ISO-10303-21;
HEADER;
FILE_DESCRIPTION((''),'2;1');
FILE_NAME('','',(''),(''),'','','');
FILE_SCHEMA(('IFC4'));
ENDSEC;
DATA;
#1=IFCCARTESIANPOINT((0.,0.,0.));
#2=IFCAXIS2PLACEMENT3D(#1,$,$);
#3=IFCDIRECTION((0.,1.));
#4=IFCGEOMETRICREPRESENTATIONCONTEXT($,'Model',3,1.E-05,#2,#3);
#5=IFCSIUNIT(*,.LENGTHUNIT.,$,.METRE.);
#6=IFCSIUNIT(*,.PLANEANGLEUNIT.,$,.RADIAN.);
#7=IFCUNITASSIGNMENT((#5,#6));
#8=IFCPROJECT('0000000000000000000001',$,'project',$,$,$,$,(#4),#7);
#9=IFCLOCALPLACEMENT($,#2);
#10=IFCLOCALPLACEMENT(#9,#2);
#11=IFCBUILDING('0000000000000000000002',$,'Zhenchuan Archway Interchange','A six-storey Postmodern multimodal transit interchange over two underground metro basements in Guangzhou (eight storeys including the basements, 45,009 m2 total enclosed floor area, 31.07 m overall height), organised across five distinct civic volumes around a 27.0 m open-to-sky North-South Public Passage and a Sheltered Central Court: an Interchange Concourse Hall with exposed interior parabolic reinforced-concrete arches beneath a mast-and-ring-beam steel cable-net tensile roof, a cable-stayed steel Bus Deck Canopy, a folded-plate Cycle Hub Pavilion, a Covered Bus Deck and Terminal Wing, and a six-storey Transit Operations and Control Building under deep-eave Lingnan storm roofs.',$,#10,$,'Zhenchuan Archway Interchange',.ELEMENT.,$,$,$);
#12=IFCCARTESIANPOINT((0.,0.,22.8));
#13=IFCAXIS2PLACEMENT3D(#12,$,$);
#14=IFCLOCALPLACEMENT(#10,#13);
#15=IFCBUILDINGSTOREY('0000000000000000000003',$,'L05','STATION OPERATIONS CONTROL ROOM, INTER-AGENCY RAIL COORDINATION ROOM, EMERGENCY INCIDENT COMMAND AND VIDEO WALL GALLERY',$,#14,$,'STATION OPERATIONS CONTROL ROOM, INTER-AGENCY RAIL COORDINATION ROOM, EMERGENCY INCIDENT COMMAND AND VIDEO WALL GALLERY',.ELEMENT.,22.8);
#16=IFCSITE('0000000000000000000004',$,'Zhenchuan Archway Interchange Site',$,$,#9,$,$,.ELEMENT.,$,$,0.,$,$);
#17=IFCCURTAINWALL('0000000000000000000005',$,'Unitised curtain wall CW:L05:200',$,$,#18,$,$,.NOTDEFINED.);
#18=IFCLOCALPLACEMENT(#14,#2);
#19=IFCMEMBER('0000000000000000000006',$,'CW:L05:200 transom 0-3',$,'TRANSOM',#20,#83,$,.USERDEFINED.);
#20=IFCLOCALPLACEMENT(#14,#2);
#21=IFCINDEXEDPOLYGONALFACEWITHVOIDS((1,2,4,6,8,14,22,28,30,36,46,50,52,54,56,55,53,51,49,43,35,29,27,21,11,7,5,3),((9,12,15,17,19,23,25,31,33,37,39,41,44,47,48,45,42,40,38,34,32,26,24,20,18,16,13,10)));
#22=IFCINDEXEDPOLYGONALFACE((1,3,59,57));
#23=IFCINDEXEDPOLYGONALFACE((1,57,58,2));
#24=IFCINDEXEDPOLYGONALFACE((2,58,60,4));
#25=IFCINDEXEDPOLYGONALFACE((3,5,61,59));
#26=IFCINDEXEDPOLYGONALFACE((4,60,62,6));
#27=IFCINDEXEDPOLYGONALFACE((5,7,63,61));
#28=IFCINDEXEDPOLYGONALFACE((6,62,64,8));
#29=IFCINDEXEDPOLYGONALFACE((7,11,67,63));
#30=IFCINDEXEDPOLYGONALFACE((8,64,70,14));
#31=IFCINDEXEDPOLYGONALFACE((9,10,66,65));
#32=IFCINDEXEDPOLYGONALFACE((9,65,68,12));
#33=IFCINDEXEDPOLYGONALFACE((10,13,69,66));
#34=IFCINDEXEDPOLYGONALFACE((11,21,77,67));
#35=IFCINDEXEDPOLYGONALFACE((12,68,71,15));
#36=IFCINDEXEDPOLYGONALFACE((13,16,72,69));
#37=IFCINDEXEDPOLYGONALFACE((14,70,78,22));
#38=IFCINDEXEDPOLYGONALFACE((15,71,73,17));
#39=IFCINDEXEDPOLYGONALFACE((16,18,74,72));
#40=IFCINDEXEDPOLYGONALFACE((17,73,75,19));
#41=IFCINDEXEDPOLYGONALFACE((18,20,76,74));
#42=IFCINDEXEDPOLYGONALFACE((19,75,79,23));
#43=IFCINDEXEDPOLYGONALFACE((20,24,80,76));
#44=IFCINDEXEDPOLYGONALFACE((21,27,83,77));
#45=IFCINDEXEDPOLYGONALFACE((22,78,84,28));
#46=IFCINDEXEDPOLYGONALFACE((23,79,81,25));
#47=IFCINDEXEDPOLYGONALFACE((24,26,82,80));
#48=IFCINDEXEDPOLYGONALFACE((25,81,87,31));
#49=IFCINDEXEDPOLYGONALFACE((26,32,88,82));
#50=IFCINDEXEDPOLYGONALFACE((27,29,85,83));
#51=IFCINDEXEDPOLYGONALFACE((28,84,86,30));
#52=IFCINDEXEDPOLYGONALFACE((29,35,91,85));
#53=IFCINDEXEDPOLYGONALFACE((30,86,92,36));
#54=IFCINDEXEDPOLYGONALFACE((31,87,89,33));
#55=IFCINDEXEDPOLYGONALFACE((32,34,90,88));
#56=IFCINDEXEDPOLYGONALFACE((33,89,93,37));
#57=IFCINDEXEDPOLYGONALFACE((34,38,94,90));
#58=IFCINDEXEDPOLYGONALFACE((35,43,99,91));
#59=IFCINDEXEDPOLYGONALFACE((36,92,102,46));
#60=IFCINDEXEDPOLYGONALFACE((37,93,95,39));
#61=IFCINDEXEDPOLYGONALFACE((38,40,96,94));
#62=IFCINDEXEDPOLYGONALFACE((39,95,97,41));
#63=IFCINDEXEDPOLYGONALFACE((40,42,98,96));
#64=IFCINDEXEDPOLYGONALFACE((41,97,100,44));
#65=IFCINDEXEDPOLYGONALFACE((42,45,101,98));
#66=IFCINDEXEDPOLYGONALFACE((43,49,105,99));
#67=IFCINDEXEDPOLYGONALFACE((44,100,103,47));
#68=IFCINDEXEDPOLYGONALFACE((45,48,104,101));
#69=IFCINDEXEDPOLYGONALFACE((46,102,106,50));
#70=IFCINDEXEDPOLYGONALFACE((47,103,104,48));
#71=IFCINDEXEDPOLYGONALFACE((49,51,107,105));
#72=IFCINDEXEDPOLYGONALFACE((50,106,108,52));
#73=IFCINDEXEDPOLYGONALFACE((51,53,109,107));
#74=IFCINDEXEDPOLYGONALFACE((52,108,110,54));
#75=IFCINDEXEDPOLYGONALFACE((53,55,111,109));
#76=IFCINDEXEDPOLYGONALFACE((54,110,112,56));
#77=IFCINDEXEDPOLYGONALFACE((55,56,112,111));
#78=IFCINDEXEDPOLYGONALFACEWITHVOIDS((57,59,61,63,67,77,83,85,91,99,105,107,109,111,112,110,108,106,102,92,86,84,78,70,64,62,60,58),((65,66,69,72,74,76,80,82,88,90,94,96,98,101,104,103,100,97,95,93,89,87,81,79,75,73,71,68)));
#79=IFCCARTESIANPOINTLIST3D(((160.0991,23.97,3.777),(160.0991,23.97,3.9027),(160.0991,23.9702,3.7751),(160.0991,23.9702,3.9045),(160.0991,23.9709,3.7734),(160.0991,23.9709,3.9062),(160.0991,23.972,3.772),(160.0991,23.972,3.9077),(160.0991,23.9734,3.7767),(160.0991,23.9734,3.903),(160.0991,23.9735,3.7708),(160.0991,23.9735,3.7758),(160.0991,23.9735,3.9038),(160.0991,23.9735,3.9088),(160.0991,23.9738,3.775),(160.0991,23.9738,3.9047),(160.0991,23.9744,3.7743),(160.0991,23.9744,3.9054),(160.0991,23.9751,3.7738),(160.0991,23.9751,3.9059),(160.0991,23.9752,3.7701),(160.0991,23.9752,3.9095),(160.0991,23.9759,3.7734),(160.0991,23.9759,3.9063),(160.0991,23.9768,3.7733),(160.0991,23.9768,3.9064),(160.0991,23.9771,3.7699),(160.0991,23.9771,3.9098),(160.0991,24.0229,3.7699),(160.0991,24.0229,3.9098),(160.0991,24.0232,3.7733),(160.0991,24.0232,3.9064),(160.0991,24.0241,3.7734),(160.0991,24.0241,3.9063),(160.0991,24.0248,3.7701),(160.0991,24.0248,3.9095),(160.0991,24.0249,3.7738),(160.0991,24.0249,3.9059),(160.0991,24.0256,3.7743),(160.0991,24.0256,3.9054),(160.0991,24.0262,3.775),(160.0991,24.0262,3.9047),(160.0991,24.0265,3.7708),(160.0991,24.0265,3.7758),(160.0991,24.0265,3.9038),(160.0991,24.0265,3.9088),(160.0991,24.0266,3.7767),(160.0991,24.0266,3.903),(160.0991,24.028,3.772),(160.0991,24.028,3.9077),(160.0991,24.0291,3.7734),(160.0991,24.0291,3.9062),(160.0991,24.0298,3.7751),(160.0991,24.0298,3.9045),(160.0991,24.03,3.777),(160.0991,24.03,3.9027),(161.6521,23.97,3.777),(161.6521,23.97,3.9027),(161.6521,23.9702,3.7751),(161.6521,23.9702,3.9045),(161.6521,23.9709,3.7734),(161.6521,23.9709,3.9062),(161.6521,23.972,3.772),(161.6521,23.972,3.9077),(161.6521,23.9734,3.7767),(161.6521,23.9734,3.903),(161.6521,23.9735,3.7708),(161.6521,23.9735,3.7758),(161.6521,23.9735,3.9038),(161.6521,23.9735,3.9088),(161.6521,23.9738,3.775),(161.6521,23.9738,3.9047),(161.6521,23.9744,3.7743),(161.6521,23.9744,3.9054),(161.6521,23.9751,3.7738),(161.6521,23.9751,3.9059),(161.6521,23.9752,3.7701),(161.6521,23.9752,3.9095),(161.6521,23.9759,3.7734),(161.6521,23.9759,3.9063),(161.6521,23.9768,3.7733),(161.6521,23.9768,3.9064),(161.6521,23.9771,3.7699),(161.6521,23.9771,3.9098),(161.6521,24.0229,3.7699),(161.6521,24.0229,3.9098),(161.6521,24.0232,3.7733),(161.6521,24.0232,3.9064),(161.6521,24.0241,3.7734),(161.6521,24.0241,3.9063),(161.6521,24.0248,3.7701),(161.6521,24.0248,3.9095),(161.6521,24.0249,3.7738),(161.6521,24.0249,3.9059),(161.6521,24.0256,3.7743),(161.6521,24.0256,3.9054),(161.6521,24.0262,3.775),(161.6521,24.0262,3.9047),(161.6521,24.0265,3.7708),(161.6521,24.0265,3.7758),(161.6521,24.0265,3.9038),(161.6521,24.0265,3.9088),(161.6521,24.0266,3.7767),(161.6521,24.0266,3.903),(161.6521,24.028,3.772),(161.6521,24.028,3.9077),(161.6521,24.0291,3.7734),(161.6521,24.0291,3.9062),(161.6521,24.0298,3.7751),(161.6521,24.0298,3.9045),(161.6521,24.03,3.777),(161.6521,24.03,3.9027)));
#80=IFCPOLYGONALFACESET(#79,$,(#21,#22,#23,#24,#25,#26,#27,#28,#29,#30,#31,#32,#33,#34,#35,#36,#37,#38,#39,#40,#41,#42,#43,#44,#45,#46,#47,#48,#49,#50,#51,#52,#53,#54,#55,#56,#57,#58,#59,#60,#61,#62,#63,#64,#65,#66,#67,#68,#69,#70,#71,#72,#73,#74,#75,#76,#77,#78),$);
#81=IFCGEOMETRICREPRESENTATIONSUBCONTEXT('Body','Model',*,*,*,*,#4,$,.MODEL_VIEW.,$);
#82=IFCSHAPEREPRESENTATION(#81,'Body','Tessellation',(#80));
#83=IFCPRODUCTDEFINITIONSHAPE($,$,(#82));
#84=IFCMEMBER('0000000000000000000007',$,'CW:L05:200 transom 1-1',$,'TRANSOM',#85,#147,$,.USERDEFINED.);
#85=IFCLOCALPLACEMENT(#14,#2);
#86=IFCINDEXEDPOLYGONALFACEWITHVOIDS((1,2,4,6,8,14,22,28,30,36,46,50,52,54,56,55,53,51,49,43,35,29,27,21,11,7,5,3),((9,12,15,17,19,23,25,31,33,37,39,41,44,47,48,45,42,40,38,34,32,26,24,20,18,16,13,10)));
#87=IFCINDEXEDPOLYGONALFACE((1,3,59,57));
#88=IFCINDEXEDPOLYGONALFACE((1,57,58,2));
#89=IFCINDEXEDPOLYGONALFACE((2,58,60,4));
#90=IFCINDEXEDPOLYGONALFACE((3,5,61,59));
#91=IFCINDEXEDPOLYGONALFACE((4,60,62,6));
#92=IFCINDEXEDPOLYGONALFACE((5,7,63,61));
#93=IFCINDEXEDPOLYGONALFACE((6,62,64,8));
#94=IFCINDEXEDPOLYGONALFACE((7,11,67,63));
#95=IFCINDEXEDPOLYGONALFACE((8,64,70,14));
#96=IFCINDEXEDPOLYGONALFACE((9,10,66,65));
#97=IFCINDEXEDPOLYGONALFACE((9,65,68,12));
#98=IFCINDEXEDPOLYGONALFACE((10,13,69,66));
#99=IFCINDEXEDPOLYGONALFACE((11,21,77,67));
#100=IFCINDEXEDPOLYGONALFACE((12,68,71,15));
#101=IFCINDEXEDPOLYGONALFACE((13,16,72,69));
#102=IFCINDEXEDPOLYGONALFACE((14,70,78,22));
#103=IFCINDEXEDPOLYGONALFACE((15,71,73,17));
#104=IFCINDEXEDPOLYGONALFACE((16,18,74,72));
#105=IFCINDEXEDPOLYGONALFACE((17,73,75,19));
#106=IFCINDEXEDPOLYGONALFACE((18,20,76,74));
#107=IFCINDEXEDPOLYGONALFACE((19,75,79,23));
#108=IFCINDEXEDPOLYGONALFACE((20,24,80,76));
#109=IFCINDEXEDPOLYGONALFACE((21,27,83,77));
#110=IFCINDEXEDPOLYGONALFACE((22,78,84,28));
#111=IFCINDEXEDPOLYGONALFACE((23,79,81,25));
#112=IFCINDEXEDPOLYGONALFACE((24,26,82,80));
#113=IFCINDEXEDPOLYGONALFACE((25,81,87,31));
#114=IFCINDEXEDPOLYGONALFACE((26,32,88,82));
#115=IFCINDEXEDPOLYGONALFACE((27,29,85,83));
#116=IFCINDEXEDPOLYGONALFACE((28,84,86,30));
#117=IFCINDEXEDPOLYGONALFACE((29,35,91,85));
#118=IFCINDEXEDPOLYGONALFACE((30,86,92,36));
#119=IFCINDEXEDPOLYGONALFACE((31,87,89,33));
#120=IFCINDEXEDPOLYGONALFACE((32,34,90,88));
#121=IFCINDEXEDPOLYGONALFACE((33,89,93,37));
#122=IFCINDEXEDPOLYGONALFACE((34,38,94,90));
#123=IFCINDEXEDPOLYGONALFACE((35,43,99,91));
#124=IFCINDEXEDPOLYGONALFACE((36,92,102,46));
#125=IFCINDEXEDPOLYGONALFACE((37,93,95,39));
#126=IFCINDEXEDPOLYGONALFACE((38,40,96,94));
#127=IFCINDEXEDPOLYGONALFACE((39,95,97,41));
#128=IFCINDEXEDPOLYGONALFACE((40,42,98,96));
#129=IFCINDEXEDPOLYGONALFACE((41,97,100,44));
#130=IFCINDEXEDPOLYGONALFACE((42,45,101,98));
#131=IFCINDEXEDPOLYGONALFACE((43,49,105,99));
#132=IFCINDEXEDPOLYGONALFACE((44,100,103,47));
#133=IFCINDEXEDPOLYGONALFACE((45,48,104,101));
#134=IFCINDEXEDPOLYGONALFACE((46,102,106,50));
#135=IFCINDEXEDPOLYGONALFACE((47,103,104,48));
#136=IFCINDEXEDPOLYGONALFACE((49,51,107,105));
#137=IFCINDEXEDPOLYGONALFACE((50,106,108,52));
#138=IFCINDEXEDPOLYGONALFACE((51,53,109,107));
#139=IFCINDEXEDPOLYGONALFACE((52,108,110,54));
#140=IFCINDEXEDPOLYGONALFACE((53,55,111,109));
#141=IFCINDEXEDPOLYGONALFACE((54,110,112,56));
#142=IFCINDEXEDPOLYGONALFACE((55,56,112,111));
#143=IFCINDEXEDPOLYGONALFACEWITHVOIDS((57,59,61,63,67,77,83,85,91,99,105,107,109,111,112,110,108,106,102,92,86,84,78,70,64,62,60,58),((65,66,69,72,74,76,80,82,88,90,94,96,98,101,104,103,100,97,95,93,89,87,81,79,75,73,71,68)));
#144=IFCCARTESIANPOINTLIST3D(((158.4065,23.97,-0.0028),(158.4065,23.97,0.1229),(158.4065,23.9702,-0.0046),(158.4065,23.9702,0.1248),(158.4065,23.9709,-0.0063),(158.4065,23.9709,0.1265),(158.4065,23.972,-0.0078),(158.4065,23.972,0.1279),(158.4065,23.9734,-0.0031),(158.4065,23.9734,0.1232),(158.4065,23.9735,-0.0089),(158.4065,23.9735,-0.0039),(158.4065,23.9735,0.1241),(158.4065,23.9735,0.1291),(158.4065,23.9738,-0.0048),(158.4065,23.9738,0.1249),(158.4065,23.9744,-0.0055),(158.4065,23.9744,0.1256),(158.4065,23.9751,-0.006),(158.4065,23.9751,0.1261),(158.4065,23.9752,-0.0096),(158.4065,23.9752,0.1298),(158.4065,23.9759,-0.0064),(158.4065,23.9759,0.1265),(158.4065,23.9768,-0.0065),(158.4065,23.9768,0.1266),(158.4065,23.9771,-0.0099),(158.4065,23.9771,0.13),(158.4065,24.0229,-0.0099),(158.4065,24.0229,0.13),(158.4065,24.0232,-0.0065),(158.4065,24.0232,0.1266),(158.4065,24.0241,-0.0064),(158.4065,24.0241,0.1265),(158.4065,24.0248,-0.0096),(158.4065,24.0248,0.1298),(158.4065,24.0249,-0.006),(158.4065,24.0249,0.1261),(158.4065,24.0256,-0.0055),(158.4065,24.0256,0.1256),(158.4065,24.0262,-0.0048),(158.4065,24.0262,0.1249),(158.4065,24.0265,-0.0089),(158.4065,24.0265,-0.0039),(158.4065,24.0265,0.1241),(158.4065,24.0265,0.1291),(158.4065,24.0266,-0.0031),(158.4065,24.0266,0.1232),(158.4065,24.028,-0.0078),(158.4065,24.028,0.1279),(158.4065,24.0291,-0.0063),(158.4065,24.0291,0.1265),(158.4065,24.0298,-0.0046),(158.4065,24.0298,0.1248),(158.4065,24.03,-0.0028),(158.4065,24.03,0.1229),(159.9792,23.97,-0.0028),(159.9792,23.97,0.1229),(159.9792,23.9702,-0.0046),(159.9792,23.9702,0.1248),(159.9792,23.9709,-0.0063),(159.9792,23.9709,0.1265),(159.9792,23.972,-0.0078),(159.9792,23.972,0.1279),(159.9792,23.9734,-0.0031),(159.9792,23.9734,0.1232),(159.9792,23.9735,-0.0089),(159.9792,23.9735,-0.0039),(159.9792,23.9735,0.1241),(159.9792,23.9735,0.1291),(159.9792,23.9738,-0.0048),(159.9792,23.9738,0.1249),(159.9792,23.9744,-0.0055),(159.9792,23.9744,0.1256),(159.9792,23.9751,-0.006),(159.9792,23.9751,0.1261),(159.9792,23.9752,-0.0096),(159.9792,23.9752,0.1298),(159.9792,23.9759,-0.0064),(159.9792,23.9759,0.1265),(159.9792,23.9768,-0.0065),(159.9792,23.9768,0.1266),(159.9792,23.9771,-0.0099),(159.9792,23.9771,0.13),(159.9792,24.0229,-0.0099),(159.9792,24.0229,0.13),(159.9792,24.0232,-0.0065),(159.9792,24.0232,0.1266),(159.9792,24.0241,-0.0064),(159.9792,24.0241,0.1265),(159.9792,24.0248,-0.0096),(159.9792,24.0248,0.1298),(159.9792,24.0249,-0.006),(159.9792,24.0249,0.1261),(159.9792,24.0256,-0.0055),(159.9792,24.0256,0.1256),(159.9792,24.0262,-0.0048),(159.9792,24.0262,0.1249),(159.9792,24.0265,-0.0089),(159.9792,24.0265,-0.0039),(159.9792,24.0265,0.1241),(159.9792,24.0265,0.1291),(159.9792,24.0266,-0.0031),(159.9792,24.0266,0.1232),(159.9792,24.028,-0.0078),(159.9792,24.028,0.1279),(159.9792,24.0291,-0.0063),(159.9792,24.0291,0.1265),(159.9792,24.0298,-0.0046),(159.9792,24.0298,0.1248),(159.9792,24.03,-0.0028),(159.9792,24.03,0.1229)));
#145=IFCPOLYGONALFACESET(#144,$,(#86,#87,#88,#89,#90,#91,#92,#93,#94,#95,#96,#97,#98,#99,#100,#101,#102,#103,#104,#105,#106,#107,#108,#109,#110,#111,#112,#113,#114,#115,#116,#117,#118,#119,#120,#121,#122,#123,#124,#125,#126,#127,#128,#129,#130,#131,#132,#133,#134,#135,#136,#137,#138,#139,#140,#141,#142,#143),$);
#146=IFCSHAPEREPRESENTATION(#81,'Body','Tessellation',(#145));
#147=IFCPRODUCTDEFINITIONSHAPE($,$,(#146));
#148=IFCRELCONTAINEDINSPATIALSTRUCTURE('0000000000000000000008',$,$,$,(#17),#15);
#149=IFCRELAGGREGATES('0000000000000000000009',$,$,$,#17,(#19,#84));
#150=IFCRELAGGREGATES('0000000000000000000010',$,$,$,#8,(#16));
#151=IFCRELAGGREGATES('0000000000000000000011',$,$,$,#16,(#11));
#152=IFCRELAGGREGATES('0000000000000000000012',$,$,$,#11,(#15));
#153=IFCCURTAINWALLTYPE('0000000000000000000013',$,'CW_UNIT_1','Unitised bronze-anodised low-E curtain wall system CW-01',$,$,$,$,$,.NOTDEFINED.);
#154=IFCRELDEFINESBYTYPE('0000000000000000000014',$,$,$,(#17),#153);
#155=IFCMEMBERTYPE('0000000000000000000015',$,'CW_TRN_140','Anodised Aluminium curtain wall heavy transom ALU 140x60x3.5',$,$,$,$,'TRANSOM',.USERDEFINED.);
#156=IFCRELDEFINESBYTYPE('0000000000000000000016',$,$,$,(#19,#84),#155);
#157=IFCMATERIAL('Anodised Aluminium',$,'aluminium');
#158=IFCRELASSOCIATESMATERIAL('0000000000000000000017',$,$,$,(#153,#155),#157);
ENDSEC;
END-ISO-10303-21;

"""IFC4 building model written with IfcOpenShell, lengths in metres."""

from ifc_helpers import new_model, si_unit, direction, frame, origin, origin_2d, place, context, subcontext, project, spatial, hollow_rectangle, extrude, material, material_profile, profile_set, type_object, element, aggregate, save


model = new_model("IFC4")

# Units and contexts
model_context = context("Model", 3, precision=1e-05, world=origin(), true_north=direction((0.0, 1.0)))
body_context = subcontext(model_context, "Body", "Model", "MODEL_VIEW")
ifc_project = project(units=[si_unit("LENGTHUNIT", "METRE"), si_unit("PLANEANGLEUNIT", "RADIAN")], contexts=[model_context])

# Site, building, storey
site_placement = place(None, origin())
site = spatial("IfcSite", under=ifc_project, at=site_placement, Name="Zhenchuan Archway Interchange Site", CompositionType="ELEMENT", RefElevation=0.0)
building_placement = place(site_placement, origin())
building = spatial("IfcBuilding", under=site, at=building_placement, Name="Zhenchuan Archway Interchange", Description="A six-storey Postmodern multimodal transit interchange over two underground metro basements in Guangzhou (eight storeys including the basements, 45,009 m2 total enclosed floor area, 31.07 m overall height), organised across five distinct civic volumes around a 27.0 m open-to-sky North-South Public Passage and a Sheltered Central Court: an Interchange Concourse Hall with exposed interior parabolic reinforced-concrete arches beneath a mast-and-ring-beam steel cable-net tensile roof, a cable-stayed steel Bus Deck Canopy, a folded-plate Cycle Hub Pavilion, a Covered Bus Deck and Terminal Wing, and a six-storey Transit Operations and Control Building under deep-eave Lingnan storm roofs.", LongName="Zhenchuan Archway Interchange", CompositionType="ELEMENT")
storey_placement = place(building_placement, frame((0.0, 0.0, 22.8)))
storey = spatial("IfcBuildingStorey", under=building, at=storey_placement, Name="L05", Description="STATION OPERATIONS CONTROL ROOM, INTER-AGENCY RAIL COORDINATION ROOM, EMERGENCY INCIDENT COMMAND AND VIDEO WALL GALLERY", LongName="STATION OPERATIONS CONTROL ROOM, INTER-AGENCY RAIL COORDINATION ROOM, EMERGENCY INCIDENT COMMAND AND VIDEO WALL GALLERY", CompositionType="ELEMENT", Elevation=22.8)

# Curtain wall, members
ifc_material_1 = material(Name="Anodised Aluminium", Category="aluminium")
curtain_wall_type = type_object("IfcCurtainWallType", Name="CW_UNIT_1", Description="Unitised bronze-anodised low-E curtain wall system CW-01", PredefinedType="NOTDEFINED", material=ifc_material_1)
curtain_wall_placement = place(storey_placement, origin())
curtain_wall = element("IfcCurtainWall", 1, at=curtain_wall_placement, inside=storey, type_object=curtain_wall_type, Name="Unitised curtain wall CW:L05:200", PredefinedType="NOTDEFINED")
ifc_material_profile_1 = material_profile(ifc_material_1, hollow_rectangle(XDim=0.0601, YDim=0.1399, WallThickness=0.0034, InnerFilletRadius=0.0034, OuterFilletRadius=0.0071, at=origin_2d()), Name="ALU 140x60x3.5")
ifc_profile_set_1 = profile_set([ifc_material_profile_1], Name="Anodised Aluminium")
member_type_1 = type_object("IfcMemberType", Name="CW_TRN_140", Description="Anodised Aluminium curtain wall heavy transom ALU 140x60x3.5", ElementType="TRANSOM", PredefinedType="USERDEFINED", material=ifc_profile_set_1)
member_1_placement = place(storey_placement, frame((161.6521, 24.0, 3.8398), z_axis=(-1.0, 0.0, 0.0), x_axis=(0.0, -1.0, 0.0)))
member_1 = element("IfcMember", 2, at=member_1_placement, type_object=member_type_1, Name="CW:L05:200 transom 0-3", ObjectType="TRANSOM", PredefinedType="USERDEFINED", context=body_context, shape_type="SweptSolid", body=[
    extrude(hollow_rectangle(XDim=0.0601, YDim=0.1399, WallThickness=0.0034, InnerFilletRadius=0.0034, OuterFilletRadius=0.0071, at=origin_2d()), origin(), (0.0, 0.0, 1.0), 1.553),
])
member_2_placement = place(storey_placement, frame((159.9792, 24.0, 0.0601), z_axis=(-1.0, 0.0, 0.0), x_axis=(0.0, -1.0, 0.0)))
member_2 = element("IfcMember", 3, at=member_2_placement, type_object=member_type_1, Name="CW:L05:200 transom 1-1", ObjectType="TRANSOM", PredefinedType="USERDEFINED", context=body_context, shape_type="SweptSolid", body=[
    extrude(hollow_rectangle(XDim=0.0601, YDim=0.1399, WallThickness=0.0034, InnerFilletRadius=0.0034, OuterFilletRadius=0.0071, at=origin_2d()), origin(), (0.0, 0.0, 1.0), 1.5728),
])

aggregate(curtain_wall, [member_1, member_2])

save(model, "model.ifc")
